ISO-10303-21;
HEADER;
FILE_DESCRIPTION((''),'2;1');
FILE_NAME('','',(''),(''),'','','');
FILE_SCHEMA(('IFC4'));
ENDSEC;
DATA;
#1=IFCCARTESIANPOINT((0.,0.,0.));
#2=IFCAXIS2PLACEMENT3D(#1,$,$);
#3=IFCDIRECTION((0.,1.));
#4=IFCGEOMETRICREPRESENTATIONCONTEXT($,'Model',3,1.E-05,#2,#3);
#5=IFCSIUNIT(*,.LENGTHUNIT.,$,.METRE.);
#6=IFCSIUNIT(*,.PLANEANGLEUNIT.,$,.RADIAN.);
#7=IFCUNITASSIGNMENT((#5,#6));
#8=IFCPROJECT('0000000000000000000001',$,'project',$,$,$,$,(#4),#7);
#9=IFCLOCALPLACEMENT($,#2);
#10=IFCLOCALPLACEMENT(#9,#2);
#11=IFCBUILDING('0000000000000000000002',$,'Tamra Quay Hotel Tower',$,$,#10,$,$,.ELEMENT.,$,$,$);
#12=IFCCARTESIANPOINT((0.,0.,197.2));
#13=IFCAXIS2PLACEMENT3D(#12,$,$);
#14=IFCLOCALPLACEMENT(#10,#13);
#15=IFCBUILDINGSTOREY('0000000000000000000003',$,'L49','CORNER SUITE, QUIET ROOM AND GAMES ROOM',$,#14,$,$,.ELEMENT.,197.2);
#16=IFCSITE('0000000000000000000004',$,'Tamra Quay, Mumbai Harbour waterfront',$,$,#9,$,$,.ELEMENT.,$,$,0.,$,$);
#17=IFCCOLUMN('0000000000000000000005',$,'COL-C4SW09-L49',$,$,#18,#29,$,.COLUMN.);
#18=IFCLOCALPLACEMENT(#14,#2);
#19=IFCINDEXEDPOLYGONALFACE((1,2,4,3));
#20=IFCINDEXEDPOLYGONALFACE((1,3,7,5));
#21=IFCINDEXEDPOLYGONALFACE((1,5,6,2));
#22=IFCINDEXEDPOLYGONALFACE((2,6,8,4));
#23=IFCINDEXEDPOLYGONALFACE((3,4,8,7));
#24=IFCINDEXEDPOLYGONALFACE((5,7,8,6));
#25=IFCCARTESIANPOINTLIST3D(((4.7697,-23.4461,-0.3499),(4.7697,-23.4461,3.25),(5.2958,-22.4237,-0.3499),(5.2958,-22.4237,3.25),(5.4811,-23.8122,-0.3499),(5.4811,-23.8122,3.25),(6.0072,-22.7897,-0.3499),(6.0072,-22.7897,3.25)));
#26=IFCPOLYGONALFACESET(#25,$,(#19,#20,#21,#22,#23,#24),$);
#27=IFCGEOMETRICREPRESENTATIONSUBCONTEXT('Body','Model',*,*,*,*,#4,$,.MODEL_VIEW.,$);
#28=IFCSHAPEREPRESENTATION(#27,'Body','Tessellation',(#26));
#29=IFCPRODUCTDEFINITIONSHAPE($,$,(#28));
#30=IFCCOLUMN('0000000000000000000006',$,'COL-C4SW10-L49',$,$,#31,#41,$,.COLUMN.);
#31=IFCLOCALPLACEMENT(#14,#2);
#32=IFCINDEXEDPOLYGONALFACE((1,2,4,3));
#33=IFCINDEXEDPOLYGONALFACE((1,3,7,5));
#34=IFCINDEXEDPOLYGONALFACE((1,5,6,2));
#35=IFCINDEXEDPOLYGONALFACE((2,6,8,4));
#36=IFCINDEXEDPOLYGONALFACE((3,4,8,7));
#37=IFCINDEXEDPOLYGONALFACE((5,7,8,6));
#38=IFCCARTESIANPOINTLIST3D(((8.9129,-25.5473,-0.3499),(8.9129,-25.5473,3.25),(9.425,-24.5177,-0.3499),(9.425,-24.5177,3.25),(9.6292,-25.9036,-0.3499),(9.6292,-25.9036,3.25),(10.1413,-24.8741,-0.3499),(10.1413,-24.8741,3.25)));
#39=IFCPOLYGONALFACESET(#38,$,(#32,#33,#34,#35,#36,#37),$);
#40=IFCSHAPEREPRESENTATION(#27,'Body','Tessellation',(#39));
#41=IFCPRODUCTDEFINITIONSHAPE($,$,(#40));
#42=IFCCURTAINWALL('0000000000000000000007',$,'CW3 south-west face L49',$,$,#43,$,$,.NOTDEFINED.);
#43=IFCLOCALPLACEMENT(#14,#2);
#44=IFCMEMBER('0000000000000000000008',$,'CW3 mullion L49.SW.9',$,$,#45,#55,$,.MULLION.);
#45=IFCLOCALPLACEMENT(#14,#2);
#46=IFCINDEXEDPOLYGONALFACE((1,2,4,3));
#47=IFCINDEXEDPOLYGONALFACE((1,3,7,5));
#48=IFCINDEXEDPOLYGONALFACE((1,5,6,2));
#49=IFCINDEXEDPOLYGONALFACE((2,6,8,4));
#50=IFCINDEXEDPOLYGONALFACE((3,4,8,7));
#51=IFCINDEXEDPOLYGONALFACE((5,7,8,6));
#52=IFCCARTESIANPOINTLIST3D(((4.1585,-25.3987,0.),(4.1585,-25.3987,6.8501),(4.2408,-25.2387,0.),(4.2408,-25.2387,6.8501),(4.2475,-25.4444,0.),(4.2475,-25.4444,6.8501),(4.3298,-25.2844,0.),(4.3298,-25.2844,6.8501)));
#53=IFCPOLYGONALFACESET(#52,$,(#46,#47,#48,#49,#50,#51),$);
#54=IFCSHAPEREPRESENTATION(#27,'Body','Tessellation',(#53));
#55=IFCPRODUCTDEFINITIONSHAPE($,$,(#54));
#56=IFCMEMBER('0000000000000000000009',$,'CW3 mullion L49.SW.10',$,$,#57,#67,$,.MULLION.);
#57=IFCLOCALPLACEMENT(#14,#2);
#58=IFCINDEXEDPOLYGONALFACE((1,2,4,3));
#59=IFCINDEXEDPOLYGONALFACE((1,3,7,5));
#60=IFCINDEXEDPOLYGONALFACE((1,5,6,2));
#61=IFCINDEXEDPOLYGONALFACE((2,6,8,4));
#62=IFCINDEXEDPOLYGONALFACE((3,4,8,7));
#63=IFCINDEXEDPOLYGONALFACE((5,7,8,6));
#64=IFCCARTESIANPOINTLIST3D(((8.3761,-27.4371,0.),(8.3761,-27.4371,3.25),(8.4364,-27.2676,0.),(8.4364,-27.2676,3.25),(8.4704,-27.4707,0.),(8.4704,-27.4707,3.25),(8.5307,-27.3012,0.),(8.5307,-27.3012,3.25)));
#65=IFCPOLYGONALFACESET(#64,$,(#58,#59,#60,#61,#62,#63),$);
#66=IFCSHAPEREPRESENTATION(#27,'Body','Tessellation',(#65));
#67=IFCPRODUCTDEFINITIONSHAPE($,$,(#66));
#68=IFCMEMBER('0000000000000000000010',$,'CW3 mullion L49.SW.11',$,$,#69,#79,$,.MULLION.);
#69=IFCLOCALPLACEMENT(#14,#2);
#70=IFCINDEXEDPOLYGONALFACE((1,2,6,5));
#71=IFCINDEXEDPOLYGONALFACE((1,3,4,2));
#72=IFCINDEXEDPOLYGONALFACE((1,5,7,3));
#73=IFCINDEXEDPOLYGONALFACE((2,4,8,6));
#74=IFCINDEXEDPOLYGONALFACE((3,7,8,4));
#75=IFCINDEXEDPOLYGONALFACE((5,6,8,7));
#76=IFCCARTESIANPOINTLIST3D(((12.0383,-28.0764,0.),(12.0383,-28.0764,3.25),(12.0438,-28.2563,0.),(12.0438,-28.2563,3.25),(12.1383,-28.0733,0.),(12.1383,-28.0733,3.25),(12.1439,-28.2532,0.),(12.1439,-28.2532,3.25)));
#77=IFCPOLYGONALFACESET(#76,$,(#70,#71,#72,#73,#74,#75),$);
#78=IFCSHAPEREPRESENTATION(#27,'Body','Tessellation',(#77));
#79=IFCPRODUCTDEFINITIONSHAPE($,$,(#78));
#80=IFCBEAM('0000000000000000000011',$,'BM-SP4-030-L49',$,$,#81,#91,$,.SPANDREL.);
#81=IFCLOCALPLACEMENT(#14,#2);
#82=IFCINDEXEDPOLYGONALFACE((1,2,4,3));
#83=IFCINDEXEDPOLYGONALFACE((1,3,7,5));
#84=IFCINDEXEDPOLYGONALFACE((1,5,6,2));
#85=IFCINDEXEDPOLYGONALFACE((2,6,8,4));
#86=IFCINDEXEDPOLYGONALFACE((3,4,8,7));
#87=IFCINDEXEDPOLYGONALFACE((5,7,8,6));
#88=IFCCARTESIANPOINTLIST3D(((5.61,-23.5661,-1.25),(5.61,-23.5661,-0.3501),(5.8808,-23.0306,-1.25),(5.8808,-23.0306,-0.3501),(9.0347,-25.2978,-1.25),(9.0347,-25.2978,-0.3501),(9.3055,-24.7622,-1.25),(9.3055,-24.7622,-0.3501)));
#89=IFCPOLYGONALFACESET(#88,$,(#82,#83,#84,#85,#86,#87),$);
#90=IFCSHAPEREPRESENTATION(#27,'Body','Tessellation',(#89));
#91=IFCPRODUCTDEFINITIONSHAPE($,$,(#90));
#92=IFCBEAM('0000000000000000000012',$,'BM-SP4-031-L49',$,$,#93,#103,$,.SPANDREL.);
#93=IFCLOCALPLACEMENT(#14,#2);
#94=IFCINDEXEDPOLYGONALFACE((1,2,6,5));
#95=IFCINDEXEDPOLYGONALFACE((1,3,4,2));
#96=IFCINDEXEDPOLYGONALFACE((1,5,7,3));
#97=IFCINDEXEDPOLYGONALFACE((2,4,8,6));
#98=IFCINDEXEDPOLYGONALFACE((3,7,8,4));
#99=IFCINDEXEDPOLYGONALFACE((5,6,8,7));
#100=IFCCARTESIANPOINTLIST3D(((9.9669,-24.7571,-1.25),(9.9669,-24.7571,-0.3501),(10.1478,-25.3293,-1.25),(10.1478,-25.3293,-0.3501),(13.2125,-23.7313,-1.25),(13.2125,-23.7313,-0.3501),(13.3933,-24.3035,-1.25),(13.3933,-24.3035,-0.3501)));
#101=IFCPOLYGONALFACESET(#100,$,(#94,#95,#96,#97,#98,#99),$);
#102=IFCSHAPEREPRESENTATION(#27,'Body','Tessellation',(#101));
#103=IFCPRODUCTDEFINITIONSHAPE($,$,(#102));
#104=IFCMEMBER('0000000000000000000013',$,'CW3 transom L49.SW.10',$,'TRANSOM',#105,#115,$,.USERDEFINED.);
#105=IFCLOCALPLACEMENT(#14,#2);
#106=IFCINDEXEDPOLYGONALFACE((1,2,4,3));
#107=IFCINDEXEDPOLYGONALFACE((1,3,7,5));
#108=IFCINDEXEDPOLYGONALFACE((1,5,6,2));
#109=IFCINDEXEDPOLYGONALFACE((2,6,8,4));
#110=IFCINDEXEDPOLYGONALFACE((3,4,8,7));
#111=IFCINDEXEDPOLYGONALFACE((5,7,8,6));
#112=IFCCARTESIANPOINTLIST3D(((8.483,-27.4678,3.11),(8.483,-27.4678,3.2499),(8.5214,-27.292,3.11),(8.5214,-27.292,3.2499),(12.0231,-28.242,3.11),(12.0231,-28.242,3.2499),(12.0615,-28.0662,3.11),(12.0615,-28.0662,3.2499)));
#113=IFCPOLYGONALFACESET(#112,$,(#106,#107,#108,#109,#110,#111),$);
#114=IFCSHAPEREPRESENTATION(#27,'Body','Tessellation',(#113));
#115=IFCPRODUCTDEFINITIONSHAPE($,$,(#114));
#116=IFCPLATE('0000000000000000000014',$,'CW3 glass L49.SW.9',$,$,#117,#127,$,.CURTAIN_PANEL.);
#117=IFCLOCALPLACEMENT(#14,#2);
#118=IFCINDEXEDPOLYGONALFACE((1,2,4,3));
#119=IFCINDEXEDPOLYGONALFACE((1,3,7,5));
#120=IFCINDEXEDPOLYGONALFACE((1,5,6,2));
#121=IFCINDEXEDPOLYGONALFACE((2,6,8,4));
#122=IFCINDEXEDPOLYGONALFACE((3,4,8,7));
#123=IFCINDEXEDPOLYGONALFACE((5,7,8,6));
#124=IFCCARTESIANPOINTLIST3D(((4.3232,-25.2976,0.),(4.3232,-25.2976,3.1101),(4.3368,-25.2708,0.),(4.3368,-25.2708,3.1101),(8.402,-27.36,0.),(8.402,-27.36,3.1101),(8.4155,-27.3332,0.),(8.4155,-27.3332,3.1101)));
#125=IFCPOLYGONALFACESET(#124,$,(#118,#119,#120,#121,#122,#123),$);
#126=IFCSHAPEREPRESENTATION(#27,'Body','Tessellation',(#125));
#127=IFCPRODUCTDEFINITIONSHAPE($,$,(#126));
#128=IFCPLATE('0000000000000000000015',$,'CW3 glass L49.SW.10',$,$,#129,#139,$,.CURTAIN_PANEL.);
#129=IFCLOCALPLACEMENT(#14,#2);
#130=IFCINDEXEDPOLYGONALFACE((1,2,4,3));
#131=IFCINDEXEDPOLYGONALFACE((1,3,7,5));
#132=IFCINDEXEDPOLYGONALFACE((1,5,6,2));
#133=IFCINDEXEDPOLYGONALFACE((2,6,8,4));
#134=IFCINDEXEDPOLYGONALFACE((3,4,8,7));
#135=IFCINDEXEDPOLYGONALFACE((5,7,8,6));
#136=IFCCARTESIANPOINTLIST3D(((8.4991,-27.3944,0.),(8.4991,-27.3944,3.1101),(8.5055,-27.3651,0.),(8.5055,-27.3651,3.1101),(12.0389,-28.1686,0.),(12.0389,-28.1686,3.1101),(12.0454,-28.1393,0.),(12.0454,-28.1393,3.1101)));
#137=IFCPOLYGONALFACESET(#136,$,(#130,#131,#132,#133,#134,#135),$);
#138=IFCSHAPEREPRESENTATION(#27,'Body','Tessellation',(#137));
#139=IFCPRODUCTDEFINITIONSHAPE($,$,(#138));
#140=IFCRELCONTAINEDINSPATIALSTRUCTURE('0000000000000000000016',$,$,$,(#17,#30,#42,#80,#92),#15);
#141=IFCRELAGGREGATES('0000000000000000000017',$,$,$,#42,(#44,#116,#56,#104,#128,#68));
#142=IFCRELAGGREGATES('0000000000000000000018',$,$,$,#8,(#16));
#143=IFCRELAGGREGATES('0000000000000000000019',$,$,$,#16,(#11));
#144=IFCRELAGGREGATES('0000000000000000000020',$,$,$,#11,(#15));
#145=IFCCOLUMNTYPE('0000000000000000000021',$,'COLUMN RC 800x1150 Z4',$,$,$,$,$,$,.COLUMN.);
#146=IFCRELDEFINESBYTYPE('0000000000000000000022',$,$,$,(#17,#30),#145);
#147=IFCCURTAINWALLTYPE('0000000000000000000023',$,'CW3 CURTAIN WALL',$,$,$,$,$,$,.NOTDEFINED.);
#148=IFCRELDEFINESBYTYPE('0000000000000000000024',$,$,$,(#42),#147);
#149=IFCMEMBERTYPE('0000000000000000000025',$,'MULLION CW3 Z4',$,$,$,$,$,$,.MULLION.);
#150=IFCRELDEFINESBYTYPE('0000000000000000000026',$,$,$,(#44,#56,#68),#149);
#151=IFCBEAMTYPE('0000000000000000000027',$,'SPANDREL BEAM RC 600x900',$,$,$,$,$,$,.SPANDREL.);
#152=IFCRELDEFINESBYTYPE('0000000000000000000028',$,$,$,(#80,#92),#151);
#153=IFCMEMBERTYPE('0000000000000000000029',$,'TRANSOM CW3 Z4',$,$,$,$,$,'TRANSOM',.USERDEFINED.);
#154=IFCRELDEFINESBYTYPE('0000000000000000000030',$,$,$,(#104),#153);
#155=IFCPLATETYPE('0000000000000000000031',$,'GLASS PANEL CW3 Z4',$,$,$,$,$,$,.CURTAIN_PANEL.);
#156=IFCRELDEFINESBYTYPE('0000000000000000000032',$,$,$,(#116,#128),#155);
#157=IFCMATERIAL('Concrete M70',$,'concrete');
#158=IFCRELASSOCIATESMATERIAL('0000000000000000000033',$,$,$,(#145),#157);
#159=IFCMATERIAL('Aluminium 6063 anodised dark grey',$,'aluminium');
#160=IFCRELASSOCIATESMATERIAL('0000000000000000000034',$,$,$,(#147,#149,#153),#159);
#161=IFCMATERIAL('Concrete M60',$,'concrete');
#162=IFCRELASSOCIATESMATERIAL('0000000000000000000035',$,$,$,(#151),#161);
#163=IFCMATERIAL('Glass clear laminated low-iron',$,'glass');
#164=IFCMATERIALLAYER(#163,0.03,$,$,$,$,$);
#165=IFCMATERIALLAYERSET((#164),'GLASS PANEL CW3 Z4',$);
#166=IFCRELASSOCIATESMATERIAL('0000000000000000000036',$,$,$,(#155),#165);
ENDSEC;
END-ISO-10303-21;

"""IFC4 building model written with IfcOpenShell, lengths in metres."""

from ifc_helpers import new_model, si_unit, direction, frame, origin, origin_2d, place, context, subcontext, project, spatial, rectangle, extrude, material, layer, layer_set, material_profile, profile_set, type_object, element, aggregate, save


model = new_model("IFC4")

# Units and contexts
model_context = context("Model", 3, precision=1e-05, world=origin(), true_north=direction((0.0, 1.0)))
body_context = subcontext(model_context, "Body", "Model", "MODEL_VIEW")
ifc_project = project(units=[si_unit("LENGTHUNIT", "METRE"), si_unit("PLANEANGLEUNIT", "RADIAN")], contexts=[model_context])

# Site, building, storey
site_placement = place(None, origin())
site = spatial("IfcSite", under=ifc_project, at=site_placement, Name="Tamra Quay, Mumbai Harbour waterfront", CompositionType="ELEMENT", RefElevation=0.0)
building_placement = place(site_placement, origin())
building = spatial("IfcBuilding", under=site, at=building_placement, Name="Tamra Quay Hotel Tower", CompositionType="ELEMENT")
storey_placement = place(building_placement, frame((0.0, 0.0, 197.2)))
storey = spatial("IfcBuildingStorey", under=building, at=storey_placement, Name="L49", Description="CORNER SUITE, QUIET ROOM AND GAMES ROOM", CompositionType="ELEMENT", Elevation=197.2)

# Columns
ifc_material_1 = material(Name="Concrete M70", Category="concrete")
ifc_material_profile_1 = material_profile(ifc_material_1, rectangle(XDim=1.1499, YDim=0.8, at=origin_2d()), Name="COLUMN RC 800x1150 Z4")
ifc_profile_set_1 = profile_set([ifc_material_profile_1], Name="Concrete M70")
column_type = type_object("IfcColumnType", Name="COLUMN RC 800x1150 Z4", PredefinedType="COLUMN", material=ifc_profile_set_1)
for number, where, z_axis, x_axis, name in (
    (1, (5.3884, -23.1179, -0.3499), (0.0, 0.0, 1.0), (0.457548, 0.889185, 0.0), "COL-C4SW09-L49"),
    (2, (9.5271, -25.2107, -0.3499), (0.0, 0.0, 1.0), (0.445415, 0.895324, 0.0), "COL-C4SW10-L49"),
):
    element("IfcColumn", number, at=place(storey_placement, frame(where, z_axis=z_axis, x_axis=x_axis)), inside=storey, type_object=column_type, Name=name, PredefinedType="COLUMN", context=body_context, shape_type="SweptSolid", body=[
        extrude(rectangle(XDim=1.1499, YDim=0.8, at=origin_2d()), origin(), (0.0, 0.0, 1.0), 3.5999),
    ])

# Curtain wall, members
ifc_material_2 = material(Name="Aluminium 6063 anodised dark grey", Category="aluminium")
curtain_wall_type = type_object("IfcCurtainWallType", Name="CW3 CURTAIN WALL", PredefinedType="NOTDEFINED", material=ifc_material_2)
curtain_wall_placement = place(storey_placement, origin())
curtain_wall = element("IfcCurtainWall", 3, at=curtain_wall_placement, inside=storey, type_object=curtain_wall_type, Name="CW3 south-west face L49", PredefinedType="NOTDEFINED")
ifc_material_profile_2 = material_profile(ifc_material_2, rectangle(XDim=0.1799, YDim=0.1001, at=origin_2d()), Name="MULLION 100X180")
ifc_profile_set_2 = profile_set([ifc_material_profile_2], Name="Aluminium 6063 anodised dark grey")
member_type_1 = type_object("IfcMemberType", Name="MULLION CW3 Z4", PredefinedType="MULLION", material=ifc_profile_set_2)
member_1_placement = place(storey_placement, frame((4.2441, -25.3416, 0.0), z_axis=(0.0, 0.0, 1.0), x_axis=(-0.457401, -0.88926, 0.0)))
member_1 = element("IfcMember", 4, at=member_1_placement, type_object=member_type_1, Name="CW3 mullion L49.SW.9", PredefinedType="MULLION", context=body_context, shape_type="SweptSolid", body=[
    extrude(rectangle(XDim=0.1799, YDim=0.1001, at=origin_2d()), origin(), (0.0, 0.0, 1.0), 6.8501),
])
member_2_placement = place(storey_placement, frame((8.4534, -27.3691, 0.0), z_axis=(0.0, 0.0, 1.0), x_axis=(-0.335128, -0.942172, 0.0)))
member_2 = element("IfcMember", 5, at=member_2_placement, type_object=member_type_1, Name="CW3 mullion L49.SW.10", PredefinedType="MULLION", context=body_context, shape_type="SweptSolid", body=[
    extrude(rectangle(XDim=0.1799, YDim=0.1001, at=origin_2d()), origin(), (0.0, 0.0, 1.0), 3.25),
])
member_3_placement = place(storey_placement, frame((12.0911, -28.1648, 0.0), z_axis=(0.0, 0.0, 1.0), x_axis=(0.030975, -0.99952, 0.0)))
member_3 = element("IfcMember", 6, at=member_3_placement, type_object=member_type_1, Name="CW3 mullion L49.SW.11", PredefinedType="MULLION", context=body_context, shape_type="SweptSolid", body=[
    extrude(rectangle(XDim=0.1799, YDim=0.1001, at=origin_2d()), origin(), (0.0, 0.0, 1.0), 3.25),
])

# Beams
ifc_material_3 = material(Name="Concrete M60", Category="concrete")
ifc_material_profile_3 = material_profile(ifc_material_3, rectangle(XDim=0.6001, YDim=0.8999, at=origin_2d()), Name="SPANDREL BEAM RC 600x900")
ifc_profile_set_3 = profile_set([ifc_material_profile_3], Name="Concrete M60")
beam_type = type_object("IfcBeamType", Name="SPANDREL BEAM RC 600x900", PredefinedType="SPANDREL", material=ifc_profile_set_3)
beam_1_placement = place(storey_placement, frame((5.7454, -23.2983, -0.8), z_axis=(0.892408, -0.45123, 0.0), x_axis=(0.45123, 0.892408, 0.0)))
element("IfcBeam", 7, at=beam_1_placement, inside=storey, type_object=beam_type, Name="BM-SP4-030-L49", PredefinedType="SPANDREL", context=body_context, shape_type="SweptSolid", body=[
    extrude(rectangle(XDim=0.6001, YDim=0.8999, at=origin_2d()), origin(), (0.0, 0.0, 1.0), 3.8376),
])
beam_2_placement = place(storey_placement, frame((10.0574, -25.0432, -0.8), z_axis=(0.953502, 0.301385, 0.0), x_axis=(-0.301385, 0.953502, 0.0)))
element("IfcBeam", 8, at=beam_2_placement, inside=storey, type_object=beam_type, Name="BM-SP4-031-L49", PredefinedType="SPANDREL", context=body_context, shape_type="SweptSolid", body=[
    extrude(rectangle(XDim=0.6001, YDim=0.8999, at=origin_2d()), origin(), (0.0, 0.0, 1.0), 3.4038),
])

# Member
ifc_material_profile_4 = material_profile(ifc_material_2, rectangle(XDim=0.1799, YDim=0.1399, at=origin_2d()), Name="TRANSOM 180X140")
ifc_profile_set_4 = profile_set([ifc_material_profile_4], Name="Aluminium 6063 anodised dark grey")
member_type_2 = type_object("IfcMemberType", Name="TRANSOM CW3 Z4", ElementType="TRANSOM", PredefinedType="USERDEFINED", material=ifc_profile_set_4)
member_4_placement = place(storey_placement, frame((8.5022, -27.3799, 3.1799), z_axis=(0.976912, -0.213641, 0.0), x_axis=(0.213641, 0.976912, 0.0)))
member_4 = element("IfcMember", 9, at=member_4_placement, type_object=member_type_2, Name="CW3 transom L49.SW.10", ObjectType="TRANSOM", PredefinedType="USERDEFINED", context=body_context, shape_type="SweptSolid", body=[
    extrude(rectangle(XDim=0.1799, YDim=0.1399, at=origin_2d()), origin(), (0.0, 0.0, 1.0), 3.6238),
])

# Plates
ifc_material_4 = material(Name="Glass clear laminated low-iron", Category="glass")
ifc_layer_1 = layer(ifc_material_4, 0.03)
ifc_layer_set_1 = layer_set([ifc_layer_1], Name="GLASS PANEL CW3 Z4")
plate_type = type_object("IfcPlateType", Name="GLASS PANEL CW3 Z4", PredefinedType="CURTAIN_PANEL", material=ifc_layer_set_1)
plate_1_placement = place(storey_placement, frame((6.3694, -26.3154, 0.0), z_axis=(0.0, 0.0, 1.0), x_axis=(0.892403, -0.45124, 0.0)))
plate_1 = element("IfcPlate", 10, at=plate_1_placement, type_object=plate_type, Name="CW3 glass L49.SW.9", PredefinedType="CURTAIN_PANEL", context=body_context, shape_type="SweptSolid", body=[
    extrude(rectangle(XDim=4.5706, YDim=0.03, at=origin_2d()), origin(), (0.0, 0.0, 1.0), 3.1101),
])
plate_2_placement = place(storey_placement, frame((10.2722, -27.7668, 0.0), z_axis=(0.0, 0.0, 1.0), x_axis=(0.976906, -0.213669, 0.0)))
plate_2 = element("IfcPlate", 11, at=plate_2_placement, type_object=plate_type, Name="CW3 glass L49.SW.10", PredefinedType="CURTAIN_PANEL", context=body_context, shape_type="SweptSolid", body=[
    extrude(rectangle(XDim=3.6235, YDim=0.03, at=origin_2d()), origin(), (0.0, 0.0, 1.0), 3.1101),
])
aggregate(curtain_wall, [member_1, plate_1, member_2, member_4, plate_2, member_3])

save(model, "model.ifc")
